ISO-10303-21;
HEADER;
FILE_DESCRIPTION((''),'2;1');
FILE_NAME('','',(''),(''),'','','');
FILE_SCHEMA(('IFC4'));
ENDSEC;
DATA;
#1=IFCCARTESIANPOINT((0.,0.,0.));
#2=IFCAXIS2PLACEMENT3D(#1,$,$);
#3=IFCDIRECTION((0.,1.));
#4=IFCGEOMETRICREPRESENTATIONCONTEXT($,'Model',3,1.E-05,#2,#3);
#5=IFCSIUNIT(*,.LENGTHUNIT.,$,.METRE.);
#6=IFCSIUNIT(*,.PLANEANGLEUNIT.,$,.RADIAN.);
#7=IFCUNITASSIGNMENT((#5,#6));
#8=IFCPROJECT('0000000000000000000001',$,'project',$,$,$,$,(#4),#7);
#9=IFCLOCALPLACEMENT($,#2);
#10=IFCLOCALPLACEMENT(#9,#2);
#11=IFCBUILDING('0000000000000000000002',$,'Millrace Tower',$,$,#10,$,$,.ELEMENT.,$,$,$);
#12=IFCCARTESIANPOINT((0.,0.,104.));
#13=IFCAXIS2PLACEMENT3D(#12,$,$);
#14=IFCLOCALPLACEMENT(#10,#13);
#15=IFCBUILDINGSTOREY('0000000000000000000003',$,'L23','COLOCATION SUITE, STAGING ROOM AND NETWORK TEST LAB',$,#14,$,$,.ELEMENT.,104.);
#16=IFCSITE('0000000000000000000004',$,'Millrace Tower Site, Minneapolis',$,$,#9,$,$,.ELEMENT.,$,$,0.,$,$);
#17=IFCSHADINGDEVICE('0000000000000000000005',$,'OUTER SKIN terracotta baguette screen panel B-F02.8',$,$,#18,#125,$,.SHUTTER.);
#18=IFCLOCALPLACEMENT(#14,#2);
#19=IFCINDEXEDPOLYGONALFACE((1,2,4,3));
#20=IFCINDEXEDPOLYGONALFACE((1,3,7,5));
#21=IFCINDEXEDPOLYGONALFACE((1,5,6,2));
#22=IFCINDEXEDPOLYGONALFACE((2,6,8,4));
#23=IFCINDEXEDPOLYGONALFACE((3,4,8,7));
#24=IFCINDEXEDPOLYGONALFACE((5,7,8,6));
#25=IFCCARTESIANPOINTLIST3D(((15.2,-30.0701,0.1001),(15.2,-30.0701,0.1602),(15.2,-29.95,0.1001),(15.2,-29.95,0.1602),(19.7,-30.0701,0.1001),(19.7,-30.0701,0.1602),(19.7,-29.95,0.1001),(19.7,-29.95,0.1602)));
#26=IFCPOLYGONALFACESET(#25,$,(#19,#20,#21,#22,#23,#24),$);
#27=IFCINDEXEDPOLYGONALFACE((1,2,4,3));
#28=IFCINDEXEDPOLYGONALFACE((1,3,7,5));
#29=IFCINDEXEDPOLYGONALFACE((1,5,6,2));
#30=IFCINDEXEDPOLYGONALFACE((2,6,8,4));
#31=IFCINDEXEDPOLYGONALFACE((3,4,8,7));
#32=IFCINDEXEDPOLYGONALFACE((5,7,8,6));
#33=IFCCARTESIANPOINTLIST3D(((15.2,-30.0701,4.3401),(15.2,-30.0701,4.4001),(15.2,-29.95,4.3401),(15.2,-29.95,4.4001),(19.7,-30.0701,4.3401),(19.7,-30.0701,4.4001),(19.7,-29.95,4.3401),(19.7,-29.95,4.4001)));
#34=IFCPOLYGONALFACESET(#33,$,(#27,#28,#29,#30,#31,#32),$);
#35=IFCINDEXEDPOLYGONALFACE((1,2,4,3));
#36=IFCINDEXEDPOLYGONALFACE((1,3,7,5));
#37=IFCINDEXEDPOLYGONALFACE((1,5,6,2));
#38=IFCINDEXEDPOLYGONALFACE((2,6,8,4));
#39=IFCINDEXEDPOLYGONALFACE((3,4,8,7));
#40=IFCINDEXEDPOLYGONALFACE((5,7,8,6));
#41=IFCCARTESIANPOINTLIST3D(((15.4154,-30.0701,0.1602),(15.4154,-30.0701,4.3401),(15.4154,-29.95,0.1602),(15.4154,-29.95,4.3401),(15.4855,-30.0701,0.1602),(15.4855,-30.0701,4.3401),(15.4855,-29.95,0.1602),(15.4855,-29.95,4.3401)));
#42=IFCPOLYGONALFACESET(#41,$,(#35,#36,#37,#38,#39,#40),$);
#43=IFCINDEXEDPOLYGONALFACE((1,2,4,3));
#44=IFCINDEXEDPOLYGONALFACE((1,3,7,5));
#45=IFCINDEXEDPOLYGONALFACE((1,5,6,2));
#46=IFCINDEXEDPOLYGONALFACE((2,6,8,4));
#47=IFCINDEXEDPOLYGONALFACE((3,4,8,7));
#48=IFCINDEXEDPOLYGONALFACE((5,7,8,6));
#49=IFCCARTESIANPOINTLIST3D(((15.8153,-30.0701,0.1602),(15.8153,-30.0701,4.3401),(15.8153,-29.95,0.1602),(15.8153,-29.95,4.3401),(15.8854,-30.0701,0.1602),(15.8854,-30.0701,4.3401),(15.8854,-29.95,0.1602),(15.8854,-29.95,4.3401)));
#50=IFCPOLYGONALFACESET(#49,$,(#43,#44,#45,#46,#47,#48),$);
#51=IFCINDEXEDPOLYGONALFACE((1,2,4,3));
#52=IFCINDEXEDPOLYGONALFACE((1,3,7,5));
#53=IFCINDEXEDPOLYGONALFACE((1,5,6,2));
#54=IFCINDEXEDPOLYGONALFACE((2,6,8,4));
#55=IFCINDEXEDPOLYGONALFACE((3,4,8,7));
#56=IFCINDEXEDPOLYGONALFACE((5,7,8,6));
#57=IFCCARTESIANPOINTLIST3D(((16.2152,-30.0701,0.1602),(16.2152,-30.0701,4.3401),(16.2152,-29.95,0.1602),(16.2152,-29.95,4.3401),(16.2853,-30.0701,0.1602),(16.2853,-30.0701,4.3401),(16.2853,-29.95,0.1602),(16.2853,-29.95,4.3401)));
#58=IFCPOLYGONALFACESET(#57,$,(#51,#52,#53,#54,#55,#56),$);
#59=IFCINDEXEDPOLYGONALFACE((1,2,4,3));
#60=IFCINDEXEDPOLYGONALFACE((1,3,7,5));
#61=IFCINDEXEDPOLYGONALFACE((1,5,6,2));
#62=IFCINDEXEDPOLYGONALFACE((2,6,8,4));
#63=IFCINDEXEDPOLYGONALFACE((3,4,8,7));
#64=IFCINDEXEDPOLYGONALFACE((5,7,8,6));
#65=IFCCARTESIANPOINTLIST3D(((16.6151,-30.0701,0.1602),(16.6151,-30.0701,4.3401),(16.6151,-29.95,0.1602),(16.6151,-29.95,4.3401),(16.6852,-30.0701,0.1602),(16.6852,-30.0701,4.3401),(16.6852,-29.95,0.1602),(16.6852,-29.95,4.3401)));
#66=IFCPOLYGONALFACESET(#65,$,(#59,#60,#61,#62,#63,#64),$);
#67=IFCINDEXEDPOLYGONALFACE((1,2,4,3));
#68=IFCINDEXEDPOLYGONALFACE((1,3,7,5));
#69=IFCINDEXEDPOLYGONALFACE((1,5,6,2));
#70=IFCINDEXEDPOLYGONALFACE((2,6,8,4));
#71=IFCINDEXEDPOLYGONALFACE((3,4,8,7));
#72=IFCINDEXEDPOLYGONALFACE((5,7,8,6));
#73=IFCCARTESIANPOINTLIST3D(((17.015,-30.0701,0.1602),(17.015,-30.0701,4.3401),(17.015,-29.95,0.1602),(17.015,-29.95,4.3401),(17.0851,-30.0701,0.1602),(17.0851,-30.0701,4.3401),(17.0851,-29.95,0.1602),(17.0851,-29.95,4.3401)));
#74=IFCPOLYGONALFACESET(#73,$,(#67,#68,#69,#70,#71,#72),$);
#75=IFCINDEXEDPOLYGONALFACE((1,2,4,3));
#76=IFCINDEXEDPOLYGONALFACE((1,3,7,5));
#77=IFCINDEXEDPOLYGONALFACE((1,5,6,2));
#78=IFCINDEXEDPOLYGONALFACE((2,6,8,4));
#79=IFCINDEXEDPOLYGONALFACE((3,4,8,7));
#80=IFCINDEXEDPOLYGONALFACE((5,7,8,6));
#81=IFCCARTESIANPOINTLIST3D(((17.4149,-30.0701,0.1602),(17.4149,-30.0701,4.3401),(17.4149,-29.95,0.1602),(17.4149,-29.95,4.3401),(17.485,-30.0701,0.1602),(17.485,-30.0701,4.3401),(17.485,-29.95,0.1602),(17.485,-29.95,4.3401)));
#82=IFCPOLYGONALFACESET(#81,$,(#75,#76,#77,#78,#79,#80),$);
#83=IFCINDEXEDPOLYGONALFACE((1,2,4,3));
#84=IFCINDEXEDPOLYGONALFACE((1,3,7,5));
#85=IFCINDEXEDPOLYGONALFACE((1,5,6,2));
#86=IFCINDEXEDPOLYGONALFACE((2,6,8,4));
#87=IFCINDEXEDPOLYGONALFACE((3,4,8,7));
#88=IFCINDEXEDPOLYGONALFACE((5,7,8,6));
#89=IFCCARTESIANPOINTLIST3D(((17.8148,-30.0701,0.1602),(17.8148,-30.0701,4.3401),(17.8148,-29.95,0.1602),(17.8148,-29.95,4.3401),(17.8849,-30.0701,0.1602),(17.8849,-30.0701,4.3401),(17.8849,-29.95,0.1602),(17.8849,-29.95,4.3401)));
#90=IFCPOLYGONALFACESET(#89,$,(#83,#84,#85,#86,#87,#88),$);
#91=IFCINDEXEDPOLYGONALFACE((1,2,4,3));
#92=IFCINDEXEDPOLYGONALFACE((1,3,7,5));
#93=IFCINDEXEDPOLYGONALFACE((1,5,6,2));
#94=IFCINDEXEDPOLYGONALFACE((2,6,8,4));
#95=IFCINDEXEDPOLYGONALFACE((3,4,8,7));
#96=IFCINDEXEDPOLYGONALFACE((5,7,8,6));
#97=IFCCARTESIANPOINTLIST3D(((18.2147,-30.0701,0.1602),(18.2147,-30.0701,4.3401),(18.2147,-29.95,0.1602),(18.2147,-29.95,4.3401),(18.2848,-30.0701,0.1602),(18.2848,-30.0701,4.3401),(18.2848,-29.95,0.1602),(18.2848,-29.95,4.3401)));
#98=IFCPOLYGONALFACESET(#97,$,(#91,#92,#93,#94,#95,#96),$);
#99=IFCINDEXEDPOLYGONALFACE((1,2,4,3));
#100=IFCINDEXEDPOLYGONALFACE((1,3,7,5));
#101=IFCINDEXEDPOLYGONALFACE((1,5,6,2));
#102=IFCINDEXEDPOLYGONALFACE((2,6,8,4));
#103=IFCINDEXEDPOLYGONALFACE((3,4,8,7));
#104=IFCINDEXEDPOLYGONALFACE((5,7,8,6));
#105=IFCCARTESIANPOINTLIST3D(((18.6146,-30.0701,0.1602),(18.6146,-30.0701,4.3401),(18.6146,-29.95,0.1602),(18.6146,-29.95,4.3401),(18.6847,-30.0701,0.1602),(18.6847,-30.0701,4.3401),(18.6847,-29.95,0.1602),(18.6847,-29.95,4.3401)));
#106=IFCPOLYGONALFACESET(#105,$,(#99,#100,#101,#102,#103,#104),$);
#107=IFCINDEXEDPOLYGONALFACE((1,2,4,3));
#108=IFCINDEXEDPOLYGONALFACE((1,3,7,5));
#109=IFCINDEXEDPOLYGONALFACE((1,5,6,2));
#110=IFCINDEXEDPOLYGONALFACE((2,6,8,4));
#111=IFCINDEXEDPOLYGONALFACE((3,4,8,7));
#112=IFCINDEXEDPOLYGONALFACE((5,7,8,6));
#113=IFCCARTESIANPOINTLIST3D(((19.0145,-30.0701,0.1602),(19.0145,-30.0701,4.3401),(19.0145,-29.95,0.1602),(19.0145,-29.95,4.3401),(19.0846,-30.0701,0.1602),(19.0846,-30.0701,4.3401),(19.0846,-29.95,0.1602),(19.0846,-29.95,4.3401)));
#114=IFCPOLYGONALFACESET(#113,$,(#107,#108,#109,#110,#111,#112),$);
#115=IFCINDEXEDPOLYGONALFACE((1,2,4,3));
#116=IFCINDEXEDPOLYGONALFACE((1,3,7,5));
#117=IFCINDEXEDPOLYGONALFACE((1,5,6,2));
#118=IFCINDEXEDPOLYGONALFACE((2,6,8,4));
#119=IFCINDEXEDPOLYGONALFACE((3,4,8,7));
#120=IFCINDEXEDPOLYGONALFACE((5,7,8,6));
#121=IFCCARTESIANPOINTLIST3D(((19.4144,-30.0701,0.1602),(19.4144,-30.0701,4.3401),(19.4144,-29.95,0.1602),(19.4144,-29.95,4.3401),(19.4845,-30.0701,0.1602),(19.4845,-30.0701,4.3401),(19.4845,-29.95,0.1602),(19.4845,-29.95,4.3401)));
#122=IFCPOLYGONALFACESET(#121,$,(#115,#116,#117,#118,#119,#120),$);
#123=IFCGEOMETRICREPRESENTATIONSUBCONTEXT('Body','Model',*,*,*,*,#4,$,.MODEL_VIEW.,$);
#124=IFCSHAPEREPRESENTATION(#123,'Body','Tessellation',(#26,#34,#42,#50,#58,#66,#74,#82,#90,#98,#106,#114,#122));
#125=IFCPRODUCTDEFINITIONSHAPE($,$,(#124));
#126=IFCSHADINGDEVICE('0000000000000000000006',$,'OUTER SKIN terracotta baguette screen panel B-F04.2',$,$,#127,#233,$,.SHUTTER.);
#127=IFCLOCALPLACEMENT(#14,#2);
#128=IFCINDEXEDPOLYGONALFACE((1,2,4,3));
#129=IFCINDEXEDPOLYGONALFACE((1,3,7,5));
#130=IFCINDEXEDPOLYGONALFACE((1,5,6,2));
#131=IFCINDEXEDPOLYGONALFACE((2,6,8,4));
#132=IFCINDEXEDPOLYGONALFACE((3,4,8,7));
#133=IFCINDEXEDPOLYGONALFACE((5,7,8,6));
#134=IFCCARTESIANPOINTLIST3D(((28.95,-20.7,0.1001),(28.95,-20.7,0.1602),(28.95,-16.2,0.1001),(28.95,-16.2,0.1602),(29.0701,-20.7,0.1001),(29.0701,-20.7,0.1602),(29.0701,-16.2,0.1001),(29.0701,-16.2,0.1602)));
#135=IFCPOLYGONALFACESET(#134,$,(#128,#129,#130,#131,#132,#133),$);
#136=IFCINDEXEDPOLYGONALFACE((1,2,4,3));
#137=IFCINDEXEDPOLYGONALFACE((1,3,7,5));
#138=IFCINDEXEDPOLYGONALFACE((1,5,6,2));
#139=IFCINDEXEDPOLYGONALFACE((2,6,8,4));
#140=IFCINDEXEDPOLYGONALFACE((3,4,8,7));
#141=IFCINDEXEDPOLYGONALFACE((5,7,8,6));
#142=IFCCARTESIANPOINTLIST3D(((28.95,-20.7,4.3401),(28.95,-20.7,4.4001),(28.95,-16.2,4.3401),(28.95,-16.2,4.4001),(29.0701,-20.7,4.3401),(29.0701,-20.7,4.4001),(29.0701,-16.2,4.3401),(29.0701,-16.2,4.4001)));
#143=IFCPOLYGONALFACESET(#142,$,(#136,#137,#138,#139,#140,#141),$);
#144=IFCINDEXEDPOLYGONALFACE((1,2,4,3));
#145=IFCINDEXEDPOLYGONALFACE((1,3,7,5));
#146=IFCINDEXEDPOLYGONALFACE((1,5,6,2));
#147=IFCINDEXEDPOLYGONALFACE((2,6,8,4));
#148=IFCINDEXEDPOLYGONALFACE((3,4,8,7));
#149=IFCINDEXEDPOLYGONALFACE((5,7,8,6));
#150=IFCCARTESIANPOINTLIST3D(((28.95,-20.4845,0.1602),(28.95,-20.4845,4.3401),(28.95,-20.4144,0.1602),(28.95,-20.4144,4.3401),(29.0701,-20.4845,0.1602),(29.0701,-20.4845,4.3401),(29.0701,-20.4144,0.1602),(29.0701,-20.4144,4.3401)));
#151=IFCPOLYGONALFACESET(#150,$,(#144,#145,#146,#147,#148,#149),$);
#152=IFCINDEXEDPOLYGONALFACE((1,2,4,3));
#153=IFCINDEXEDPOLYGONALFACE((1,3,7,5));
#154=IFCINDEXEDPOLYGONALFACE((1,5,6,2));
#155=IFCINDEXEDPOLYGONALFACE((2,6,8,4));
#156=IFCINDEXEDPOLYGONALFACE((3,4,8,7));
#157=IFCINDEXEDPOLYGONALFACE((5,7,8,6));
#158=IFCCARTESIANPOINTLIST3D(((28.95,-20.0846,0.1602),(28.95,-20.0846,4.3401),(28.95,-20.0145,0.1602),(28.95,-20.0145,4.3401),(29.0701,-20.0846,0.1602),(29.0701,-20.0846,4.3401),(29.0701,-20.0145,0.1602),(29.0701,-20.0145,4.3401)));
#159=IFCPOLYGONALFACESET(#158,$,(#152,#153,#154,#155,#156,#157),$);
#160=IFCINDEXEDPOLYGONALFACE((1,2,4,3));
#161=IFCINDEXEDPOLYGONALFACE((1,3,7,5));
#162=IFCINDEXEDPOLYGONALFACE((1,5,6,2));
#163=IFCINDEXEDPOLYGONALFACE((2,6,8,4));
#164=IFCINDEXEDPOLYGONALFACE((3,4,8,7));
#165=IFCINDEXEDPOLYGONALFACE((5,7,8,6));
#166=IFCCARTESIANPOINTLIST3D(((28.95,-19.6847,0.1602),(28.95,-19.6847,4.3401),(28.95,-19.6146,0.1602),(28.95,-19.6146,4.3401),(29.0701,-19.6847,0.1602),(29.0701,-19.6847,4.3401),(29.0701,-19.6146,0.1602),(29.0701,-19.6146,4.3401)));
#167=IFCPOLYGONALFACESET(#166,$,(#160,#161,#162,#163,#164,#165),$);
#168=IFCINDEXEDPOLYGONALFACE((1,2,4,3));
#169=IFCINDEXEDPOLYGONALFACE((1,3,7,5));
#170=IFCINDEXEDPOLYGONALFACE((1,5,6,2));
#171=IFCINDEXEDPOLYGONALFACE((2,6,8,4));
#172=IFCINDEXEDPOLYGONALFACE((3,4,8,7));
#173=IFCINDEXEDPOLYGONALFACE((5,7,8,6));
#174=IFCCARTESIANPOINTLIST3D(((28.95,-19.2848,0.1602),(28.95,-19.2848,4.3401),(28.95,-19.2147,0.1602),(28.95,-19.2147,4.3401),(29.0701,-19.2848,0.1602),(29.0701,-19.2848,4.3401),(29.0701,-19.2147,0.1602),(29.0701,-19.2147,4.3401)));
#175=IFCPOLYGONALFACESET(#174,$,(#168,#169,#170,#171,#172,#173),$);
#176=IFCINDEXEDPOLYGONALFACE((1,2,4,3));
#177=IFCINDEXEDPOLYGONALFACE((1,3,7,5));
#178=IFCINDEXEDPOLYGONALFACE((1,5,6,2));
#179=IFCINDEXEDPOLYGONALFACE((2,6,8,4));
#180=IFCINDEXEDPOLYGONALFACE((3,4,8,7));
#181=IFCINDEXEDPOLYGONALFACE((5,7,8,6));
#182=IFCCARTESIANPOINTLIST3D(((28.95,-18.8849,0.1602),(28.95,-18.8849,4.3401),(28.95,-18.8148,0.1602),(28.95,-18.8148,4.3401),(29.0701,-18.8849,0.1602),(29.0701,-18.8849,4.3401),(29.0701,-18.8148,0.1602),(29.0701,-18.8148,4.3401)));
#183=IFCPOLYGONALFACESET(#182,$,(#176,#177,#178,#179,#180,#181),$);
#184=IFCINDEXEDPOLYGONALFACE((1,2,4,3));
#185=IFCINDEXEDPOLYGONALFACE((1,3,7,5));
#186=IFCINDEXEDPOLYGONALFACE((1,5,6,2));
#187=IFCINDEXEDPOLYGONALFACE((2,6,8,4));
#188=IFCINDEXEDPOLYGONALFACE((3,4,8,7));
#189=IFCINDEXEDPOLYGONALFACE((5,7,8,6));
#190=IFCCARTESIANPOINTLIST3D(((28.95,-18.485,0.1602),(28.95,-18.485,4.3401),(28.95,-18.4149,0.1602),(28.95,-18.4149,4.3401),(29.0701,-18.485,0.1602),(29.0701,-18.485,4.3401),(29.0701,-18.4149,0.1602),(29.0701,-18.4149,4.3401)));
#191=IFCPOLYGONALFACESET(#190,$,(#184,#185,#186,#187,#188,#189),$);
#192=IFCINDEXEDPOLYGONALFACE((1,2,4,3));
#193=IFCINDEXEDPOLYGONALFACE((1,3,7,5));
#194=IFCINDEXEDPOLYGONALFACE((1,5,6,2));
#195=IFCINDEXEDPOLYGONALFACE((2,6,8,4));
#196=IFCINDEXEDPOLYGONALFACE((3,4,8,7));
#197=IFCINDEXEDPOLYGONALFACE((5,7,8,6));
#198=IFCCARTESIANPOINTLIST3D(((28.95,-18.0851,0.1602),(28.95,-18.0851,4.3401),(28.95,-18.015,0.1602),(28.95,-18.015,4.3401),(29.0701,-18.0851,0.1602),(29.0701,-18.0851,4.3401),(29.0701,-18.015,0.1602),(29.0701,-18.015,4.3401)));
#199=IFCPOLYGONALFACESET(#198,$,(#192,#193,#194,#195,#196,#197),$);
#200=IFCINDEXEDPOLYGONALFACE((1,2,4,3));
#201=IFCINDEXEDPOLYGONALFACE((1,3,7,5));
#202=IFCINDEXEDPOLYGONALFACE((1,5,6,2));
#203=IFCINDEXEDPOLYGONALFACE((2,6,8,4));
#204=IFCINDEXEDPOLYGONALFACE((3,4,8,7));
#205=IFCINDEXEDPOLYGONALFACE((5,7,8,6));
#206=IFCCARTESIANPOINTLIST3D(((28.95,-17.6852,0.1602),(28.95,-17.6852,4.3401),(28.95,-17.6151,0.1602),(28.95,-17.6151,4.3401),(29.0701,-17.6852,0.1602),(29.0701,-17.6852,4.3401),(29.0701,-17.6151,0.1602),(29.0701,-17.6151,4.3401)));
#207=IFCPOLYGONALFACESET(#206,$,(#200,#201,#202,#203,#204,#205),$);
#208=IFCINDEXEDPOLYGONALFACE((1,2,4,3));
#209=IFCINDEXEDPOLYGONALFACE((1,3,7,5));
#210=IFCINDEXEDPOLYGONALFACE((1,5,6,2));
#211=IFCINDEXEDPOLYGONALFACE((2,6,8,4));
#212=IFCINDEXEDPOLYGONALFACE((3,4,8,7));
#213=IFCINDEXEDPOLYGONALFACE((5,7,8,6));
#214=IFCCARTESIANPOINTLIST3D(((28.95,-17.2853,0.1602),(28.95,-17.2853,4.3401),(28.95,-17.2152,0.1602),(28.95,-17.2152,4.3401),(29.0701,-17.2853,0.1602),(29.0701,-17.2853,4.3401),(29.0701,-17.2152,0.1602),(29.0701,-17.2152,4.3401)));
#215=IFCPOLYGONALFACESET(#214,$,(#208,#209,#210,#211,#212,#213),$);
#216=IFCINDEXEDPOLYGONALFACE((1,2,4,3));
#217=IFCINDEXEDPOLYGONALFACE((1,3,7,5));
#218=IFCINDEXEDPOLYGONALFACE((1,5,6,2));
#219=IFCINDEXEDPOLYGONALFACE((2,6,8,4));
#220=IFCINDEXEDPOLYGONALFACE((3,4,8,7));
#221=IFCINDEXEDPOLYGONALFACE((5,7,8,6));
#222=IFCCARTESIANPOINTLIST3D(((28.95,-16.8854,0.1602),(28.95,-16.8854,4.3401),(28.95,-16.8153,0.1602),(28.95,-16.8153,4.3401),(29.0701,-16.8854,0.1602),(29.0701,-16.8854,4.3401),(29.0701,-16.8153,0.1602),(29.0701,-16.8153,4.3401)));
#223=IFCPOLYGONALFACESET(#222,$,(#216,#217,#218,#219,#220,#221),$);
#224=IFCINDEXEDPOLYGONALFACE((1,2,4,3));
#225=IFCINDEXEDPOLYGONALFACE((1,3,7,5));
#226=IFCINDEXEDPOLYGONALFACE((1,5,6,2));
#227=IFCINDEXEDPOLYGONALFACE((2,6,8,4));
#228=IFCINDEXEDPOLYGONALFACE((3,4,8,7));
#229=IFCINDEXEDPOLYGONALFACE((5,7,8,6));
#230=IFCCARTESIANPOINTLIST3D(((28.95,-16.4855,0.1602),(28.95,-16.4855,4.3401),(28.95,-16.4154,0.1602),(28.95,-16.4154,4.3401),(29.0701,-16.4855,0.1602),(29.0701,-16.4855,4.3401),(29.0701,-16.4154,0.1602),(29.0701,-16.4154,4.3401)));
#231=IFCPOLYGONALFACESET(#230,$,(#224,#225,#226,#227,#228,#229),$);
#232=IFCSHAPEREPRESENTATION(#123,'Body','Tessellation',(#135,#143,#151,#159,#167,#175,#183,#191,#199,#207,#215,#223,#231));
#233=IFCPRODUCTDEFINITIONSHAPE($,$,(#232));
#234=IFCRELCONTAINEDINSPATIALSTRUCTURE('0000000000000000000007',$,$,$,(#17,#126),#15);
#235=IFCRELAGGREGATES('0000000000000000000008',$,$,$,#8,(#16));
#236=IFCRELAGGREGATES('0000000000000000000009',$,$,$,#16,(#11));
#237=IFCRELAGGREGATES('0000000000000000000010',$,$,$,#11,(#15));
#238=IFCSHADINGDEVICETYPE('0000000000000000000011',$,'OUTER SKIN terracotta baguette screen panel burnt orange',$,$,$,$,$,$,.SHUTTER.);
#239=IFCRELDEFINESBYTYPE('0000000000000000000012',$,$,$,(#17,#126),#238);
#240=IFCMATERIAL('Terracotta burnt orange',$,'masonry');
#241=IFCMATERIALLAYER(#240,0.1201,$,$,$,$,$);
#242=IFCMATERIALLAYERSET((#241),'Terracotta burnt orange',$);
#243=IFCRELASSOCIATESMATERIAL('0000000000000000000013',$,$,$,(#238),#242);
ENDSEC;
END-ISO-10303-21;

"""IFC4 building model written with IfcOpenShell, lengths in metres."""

from ifc_helpers import new_model, entity, si_unit, direction, frame, frame_2d, origin, origin_2d, place, context, subcontext, project, spatial, rectangle, extrude, source, transform, mapped, material, layer, layer_set, type_object, element, save


model = new_model("IFC4")

# Units and contexts
model_context = context("Model", 3, precision=1e-05, world=origin(), true_north=direction((0.0, 1.0)))
body_context = subcontext(model_context, "Body", "Model", "MODEL_VIEW")
ifc_project = project(units=[si_unit("LENGTHUNIT", "METRE"), si_unit("PLANEANGLEUNIT", "RADIAN")], contexts=[model_context])

# Site, building, storey
site_placement = place(None, origin())
site = spatial("IfcSite", under=ifc_project, at=site_placement, Name="Millrace Tower Site, Minneapolis", CompositionType="ELEMENT", RefElevation=0.0)
building_placement = place(site_placement, origin())
building = spatial("IfcBuilding", under=site, at=building_placement, Name="Millrace Tower", CompositionType="ELEMENT")
storey_placement = place(building_placement, frame((0.0, 0.0, 104.0)))
storey = spatial("IfcBuildingStorey", under=building, at=storey_placement, Name="L23", Description="COLOCATION SUITE, STAGING ROOM AND NETWORK TEST LAB", CompositionType="ELEMENT", Elevation=104.0)

# Shading devices
ifc_material_1 = material(Name="Terracotta burnt orange", Category="masonry")
ifc_layer_1 = layer(ifc_material_1, 0.1201)
ifc_layer_set_1 = layer_set([ifc_layer_1], Name="Terracotta burnt orange")
shading_device_type = type_object("IfcShadingDeviceType", Name="OUTER SKIN terracotta baguette screen panel burnt orange", PredefinedType="SHUTTER", material=ifc_layer_set_1)
cartesian_point_1 = entity("IfcCartesianPoint", [-2.25, 0.0601])
shared_polyline_1 = entity("IfcPolyline", [cartesian_point_1, entity("IfcCartesianPoint", [2.25, 0.0601]), entity("IfcCartesianPoint", [2.25, -0.0601]), entity("IfcCartesianPoint", [-2.25, -0.0601]), cartesian_point_1])
shared_shape_1 = source(origin(), body_context, "Body", "SweptSolid", [
    entity("IfcExtrudedAreaSolid", entity("IfcArbitraryClosedProfileDef", "AREA", None, shared_polyline_1), entity("IfcAxis2Placement3D", entity("IfcCartesianPoint", [0.0, 0.0, 0.0])), entity("IfcDirection", [0.0, 0.0, 1.0]), 0.0601),
    entity("IfcExtrudedAreaSolid", entity("IfcArbitraryClosedProfileDef", "AREA", None, shared_polyline_1), entity("IfcAxis2Placement3D", entity("IfcCartesianPoint", [0.0, 0.0, 4.24])), entity("IfcDirection", [0.0, 0.0, 1.0]), 0.0601),
    extrude(rectangle(XDim=0.0701, YDim=0.1201, at=frame_2d((-1.9995, 0.0))), frame((0.0, 0.0, 0.0601)), (0.0, 0.0, 1.0), 4.1799),
    extrude(rectangle(XDim=0.0701, YDim=0.1201, at=frame_2d((-1.5996, 0.0))), frame((0.0, 0.0, 0.0601)), (0.0, 0.0, 1.0), 4.1799),
    extrude(rectangle(XDim=0.0701, YDim=0.1201, at=frame_2d((-1.1997, 0.0))), frame((0.0, 0.0, 0.0601)), (0.0, 0.0, 1.0), 4.1799),
    extrude(rectangle(XDim=0.0701, YDim=0.1201, at=frame_2d((-0.7998, 0.0))), frame((0.0, 0.0, 0.0601)), (0.0, 0.0, 1.0), 4.1799),
    extrude(rectangle(XDim=0.0701, YDim=0.1201, at=frame_2d((-0.3999, 0.0))), frame((0.0, 0.0, 0.0601)), (0.0, 0.0, 1.0), 4.1799),
    extrude(rectangle(XDim=0.0701, YDim=0.1201, at=origin_2d()), frame((0.0, 0.0, 0.0601)), (0.0, 0.0, 1.0), 4.1799),
    extrude(rectangle(XDim=0.0701, YDim=0.1201, at=frame_2d((0.3999, 0.0))), frame((0.0, 0.0, 0.0601)), (0.0, 0.0, 1.0), 4.1799),
    extrude(rectangle(XDim=0.0701, YDim=0.1201, at=frame_2d((0.7998, 0.0))), frame((0.0, 0.0, 0.0601)), (0.0, 0.0, 1.0), 4.1799),
    extrude(rectangle(XDim=0.0701, YDim=0.1201, at=frame_2d((1.1997, 0.0))), frame((0.0, 0.0, 0.0601)), (0.0, 0.0, 1.0), 4.1799),
    extrude(rectangle(XDim=0.0701, YDim=0.1201, at=frame_2d((1.5996, 0.0))), frame((0.0, 0.0, 0.0601)), (0.0, 0.0, 1.0), 4.1799),
    extrude(rectangle(XDim=0.0701, YDim=0.1201, at=frame_2d((1.9995, 0.0))), frame((0.0, 0.0, 0.0601)), (0.0, 0.0, 1.0), 4.1799),
])
for number, where, z_axis, x_axis, name in (
    (1, (17.45, -30.01, 0.1001), (0.0, 0.0, 1.0), (1.0, 0.0, 0.0), "OUTER SKIN terracotta baguette screen panel B-F02.8"),
    (2, (29.01, -18.45, 0.1001), (0.0, 0.0, 1.0), (0.0, 1.0, 0.0), "OUTER SKIN terracotta baguette screen panel B-F04.2"),
):
    element("IfcShadingDevice", number, at=place(storey_placement, frame(where, z_axis=z_axis, x_axis=x_axis)), inside=storey, type_object=shading_device_type, Name=name, PredefinedType="SHUTTER", context=body_context, shape_type="MappedRepresentation", body=[
        mapped(shared_shape_1, transform((0.0, 0.0, 0.0), scale=1.0)),
    ])

save(model, "model.ifc")
